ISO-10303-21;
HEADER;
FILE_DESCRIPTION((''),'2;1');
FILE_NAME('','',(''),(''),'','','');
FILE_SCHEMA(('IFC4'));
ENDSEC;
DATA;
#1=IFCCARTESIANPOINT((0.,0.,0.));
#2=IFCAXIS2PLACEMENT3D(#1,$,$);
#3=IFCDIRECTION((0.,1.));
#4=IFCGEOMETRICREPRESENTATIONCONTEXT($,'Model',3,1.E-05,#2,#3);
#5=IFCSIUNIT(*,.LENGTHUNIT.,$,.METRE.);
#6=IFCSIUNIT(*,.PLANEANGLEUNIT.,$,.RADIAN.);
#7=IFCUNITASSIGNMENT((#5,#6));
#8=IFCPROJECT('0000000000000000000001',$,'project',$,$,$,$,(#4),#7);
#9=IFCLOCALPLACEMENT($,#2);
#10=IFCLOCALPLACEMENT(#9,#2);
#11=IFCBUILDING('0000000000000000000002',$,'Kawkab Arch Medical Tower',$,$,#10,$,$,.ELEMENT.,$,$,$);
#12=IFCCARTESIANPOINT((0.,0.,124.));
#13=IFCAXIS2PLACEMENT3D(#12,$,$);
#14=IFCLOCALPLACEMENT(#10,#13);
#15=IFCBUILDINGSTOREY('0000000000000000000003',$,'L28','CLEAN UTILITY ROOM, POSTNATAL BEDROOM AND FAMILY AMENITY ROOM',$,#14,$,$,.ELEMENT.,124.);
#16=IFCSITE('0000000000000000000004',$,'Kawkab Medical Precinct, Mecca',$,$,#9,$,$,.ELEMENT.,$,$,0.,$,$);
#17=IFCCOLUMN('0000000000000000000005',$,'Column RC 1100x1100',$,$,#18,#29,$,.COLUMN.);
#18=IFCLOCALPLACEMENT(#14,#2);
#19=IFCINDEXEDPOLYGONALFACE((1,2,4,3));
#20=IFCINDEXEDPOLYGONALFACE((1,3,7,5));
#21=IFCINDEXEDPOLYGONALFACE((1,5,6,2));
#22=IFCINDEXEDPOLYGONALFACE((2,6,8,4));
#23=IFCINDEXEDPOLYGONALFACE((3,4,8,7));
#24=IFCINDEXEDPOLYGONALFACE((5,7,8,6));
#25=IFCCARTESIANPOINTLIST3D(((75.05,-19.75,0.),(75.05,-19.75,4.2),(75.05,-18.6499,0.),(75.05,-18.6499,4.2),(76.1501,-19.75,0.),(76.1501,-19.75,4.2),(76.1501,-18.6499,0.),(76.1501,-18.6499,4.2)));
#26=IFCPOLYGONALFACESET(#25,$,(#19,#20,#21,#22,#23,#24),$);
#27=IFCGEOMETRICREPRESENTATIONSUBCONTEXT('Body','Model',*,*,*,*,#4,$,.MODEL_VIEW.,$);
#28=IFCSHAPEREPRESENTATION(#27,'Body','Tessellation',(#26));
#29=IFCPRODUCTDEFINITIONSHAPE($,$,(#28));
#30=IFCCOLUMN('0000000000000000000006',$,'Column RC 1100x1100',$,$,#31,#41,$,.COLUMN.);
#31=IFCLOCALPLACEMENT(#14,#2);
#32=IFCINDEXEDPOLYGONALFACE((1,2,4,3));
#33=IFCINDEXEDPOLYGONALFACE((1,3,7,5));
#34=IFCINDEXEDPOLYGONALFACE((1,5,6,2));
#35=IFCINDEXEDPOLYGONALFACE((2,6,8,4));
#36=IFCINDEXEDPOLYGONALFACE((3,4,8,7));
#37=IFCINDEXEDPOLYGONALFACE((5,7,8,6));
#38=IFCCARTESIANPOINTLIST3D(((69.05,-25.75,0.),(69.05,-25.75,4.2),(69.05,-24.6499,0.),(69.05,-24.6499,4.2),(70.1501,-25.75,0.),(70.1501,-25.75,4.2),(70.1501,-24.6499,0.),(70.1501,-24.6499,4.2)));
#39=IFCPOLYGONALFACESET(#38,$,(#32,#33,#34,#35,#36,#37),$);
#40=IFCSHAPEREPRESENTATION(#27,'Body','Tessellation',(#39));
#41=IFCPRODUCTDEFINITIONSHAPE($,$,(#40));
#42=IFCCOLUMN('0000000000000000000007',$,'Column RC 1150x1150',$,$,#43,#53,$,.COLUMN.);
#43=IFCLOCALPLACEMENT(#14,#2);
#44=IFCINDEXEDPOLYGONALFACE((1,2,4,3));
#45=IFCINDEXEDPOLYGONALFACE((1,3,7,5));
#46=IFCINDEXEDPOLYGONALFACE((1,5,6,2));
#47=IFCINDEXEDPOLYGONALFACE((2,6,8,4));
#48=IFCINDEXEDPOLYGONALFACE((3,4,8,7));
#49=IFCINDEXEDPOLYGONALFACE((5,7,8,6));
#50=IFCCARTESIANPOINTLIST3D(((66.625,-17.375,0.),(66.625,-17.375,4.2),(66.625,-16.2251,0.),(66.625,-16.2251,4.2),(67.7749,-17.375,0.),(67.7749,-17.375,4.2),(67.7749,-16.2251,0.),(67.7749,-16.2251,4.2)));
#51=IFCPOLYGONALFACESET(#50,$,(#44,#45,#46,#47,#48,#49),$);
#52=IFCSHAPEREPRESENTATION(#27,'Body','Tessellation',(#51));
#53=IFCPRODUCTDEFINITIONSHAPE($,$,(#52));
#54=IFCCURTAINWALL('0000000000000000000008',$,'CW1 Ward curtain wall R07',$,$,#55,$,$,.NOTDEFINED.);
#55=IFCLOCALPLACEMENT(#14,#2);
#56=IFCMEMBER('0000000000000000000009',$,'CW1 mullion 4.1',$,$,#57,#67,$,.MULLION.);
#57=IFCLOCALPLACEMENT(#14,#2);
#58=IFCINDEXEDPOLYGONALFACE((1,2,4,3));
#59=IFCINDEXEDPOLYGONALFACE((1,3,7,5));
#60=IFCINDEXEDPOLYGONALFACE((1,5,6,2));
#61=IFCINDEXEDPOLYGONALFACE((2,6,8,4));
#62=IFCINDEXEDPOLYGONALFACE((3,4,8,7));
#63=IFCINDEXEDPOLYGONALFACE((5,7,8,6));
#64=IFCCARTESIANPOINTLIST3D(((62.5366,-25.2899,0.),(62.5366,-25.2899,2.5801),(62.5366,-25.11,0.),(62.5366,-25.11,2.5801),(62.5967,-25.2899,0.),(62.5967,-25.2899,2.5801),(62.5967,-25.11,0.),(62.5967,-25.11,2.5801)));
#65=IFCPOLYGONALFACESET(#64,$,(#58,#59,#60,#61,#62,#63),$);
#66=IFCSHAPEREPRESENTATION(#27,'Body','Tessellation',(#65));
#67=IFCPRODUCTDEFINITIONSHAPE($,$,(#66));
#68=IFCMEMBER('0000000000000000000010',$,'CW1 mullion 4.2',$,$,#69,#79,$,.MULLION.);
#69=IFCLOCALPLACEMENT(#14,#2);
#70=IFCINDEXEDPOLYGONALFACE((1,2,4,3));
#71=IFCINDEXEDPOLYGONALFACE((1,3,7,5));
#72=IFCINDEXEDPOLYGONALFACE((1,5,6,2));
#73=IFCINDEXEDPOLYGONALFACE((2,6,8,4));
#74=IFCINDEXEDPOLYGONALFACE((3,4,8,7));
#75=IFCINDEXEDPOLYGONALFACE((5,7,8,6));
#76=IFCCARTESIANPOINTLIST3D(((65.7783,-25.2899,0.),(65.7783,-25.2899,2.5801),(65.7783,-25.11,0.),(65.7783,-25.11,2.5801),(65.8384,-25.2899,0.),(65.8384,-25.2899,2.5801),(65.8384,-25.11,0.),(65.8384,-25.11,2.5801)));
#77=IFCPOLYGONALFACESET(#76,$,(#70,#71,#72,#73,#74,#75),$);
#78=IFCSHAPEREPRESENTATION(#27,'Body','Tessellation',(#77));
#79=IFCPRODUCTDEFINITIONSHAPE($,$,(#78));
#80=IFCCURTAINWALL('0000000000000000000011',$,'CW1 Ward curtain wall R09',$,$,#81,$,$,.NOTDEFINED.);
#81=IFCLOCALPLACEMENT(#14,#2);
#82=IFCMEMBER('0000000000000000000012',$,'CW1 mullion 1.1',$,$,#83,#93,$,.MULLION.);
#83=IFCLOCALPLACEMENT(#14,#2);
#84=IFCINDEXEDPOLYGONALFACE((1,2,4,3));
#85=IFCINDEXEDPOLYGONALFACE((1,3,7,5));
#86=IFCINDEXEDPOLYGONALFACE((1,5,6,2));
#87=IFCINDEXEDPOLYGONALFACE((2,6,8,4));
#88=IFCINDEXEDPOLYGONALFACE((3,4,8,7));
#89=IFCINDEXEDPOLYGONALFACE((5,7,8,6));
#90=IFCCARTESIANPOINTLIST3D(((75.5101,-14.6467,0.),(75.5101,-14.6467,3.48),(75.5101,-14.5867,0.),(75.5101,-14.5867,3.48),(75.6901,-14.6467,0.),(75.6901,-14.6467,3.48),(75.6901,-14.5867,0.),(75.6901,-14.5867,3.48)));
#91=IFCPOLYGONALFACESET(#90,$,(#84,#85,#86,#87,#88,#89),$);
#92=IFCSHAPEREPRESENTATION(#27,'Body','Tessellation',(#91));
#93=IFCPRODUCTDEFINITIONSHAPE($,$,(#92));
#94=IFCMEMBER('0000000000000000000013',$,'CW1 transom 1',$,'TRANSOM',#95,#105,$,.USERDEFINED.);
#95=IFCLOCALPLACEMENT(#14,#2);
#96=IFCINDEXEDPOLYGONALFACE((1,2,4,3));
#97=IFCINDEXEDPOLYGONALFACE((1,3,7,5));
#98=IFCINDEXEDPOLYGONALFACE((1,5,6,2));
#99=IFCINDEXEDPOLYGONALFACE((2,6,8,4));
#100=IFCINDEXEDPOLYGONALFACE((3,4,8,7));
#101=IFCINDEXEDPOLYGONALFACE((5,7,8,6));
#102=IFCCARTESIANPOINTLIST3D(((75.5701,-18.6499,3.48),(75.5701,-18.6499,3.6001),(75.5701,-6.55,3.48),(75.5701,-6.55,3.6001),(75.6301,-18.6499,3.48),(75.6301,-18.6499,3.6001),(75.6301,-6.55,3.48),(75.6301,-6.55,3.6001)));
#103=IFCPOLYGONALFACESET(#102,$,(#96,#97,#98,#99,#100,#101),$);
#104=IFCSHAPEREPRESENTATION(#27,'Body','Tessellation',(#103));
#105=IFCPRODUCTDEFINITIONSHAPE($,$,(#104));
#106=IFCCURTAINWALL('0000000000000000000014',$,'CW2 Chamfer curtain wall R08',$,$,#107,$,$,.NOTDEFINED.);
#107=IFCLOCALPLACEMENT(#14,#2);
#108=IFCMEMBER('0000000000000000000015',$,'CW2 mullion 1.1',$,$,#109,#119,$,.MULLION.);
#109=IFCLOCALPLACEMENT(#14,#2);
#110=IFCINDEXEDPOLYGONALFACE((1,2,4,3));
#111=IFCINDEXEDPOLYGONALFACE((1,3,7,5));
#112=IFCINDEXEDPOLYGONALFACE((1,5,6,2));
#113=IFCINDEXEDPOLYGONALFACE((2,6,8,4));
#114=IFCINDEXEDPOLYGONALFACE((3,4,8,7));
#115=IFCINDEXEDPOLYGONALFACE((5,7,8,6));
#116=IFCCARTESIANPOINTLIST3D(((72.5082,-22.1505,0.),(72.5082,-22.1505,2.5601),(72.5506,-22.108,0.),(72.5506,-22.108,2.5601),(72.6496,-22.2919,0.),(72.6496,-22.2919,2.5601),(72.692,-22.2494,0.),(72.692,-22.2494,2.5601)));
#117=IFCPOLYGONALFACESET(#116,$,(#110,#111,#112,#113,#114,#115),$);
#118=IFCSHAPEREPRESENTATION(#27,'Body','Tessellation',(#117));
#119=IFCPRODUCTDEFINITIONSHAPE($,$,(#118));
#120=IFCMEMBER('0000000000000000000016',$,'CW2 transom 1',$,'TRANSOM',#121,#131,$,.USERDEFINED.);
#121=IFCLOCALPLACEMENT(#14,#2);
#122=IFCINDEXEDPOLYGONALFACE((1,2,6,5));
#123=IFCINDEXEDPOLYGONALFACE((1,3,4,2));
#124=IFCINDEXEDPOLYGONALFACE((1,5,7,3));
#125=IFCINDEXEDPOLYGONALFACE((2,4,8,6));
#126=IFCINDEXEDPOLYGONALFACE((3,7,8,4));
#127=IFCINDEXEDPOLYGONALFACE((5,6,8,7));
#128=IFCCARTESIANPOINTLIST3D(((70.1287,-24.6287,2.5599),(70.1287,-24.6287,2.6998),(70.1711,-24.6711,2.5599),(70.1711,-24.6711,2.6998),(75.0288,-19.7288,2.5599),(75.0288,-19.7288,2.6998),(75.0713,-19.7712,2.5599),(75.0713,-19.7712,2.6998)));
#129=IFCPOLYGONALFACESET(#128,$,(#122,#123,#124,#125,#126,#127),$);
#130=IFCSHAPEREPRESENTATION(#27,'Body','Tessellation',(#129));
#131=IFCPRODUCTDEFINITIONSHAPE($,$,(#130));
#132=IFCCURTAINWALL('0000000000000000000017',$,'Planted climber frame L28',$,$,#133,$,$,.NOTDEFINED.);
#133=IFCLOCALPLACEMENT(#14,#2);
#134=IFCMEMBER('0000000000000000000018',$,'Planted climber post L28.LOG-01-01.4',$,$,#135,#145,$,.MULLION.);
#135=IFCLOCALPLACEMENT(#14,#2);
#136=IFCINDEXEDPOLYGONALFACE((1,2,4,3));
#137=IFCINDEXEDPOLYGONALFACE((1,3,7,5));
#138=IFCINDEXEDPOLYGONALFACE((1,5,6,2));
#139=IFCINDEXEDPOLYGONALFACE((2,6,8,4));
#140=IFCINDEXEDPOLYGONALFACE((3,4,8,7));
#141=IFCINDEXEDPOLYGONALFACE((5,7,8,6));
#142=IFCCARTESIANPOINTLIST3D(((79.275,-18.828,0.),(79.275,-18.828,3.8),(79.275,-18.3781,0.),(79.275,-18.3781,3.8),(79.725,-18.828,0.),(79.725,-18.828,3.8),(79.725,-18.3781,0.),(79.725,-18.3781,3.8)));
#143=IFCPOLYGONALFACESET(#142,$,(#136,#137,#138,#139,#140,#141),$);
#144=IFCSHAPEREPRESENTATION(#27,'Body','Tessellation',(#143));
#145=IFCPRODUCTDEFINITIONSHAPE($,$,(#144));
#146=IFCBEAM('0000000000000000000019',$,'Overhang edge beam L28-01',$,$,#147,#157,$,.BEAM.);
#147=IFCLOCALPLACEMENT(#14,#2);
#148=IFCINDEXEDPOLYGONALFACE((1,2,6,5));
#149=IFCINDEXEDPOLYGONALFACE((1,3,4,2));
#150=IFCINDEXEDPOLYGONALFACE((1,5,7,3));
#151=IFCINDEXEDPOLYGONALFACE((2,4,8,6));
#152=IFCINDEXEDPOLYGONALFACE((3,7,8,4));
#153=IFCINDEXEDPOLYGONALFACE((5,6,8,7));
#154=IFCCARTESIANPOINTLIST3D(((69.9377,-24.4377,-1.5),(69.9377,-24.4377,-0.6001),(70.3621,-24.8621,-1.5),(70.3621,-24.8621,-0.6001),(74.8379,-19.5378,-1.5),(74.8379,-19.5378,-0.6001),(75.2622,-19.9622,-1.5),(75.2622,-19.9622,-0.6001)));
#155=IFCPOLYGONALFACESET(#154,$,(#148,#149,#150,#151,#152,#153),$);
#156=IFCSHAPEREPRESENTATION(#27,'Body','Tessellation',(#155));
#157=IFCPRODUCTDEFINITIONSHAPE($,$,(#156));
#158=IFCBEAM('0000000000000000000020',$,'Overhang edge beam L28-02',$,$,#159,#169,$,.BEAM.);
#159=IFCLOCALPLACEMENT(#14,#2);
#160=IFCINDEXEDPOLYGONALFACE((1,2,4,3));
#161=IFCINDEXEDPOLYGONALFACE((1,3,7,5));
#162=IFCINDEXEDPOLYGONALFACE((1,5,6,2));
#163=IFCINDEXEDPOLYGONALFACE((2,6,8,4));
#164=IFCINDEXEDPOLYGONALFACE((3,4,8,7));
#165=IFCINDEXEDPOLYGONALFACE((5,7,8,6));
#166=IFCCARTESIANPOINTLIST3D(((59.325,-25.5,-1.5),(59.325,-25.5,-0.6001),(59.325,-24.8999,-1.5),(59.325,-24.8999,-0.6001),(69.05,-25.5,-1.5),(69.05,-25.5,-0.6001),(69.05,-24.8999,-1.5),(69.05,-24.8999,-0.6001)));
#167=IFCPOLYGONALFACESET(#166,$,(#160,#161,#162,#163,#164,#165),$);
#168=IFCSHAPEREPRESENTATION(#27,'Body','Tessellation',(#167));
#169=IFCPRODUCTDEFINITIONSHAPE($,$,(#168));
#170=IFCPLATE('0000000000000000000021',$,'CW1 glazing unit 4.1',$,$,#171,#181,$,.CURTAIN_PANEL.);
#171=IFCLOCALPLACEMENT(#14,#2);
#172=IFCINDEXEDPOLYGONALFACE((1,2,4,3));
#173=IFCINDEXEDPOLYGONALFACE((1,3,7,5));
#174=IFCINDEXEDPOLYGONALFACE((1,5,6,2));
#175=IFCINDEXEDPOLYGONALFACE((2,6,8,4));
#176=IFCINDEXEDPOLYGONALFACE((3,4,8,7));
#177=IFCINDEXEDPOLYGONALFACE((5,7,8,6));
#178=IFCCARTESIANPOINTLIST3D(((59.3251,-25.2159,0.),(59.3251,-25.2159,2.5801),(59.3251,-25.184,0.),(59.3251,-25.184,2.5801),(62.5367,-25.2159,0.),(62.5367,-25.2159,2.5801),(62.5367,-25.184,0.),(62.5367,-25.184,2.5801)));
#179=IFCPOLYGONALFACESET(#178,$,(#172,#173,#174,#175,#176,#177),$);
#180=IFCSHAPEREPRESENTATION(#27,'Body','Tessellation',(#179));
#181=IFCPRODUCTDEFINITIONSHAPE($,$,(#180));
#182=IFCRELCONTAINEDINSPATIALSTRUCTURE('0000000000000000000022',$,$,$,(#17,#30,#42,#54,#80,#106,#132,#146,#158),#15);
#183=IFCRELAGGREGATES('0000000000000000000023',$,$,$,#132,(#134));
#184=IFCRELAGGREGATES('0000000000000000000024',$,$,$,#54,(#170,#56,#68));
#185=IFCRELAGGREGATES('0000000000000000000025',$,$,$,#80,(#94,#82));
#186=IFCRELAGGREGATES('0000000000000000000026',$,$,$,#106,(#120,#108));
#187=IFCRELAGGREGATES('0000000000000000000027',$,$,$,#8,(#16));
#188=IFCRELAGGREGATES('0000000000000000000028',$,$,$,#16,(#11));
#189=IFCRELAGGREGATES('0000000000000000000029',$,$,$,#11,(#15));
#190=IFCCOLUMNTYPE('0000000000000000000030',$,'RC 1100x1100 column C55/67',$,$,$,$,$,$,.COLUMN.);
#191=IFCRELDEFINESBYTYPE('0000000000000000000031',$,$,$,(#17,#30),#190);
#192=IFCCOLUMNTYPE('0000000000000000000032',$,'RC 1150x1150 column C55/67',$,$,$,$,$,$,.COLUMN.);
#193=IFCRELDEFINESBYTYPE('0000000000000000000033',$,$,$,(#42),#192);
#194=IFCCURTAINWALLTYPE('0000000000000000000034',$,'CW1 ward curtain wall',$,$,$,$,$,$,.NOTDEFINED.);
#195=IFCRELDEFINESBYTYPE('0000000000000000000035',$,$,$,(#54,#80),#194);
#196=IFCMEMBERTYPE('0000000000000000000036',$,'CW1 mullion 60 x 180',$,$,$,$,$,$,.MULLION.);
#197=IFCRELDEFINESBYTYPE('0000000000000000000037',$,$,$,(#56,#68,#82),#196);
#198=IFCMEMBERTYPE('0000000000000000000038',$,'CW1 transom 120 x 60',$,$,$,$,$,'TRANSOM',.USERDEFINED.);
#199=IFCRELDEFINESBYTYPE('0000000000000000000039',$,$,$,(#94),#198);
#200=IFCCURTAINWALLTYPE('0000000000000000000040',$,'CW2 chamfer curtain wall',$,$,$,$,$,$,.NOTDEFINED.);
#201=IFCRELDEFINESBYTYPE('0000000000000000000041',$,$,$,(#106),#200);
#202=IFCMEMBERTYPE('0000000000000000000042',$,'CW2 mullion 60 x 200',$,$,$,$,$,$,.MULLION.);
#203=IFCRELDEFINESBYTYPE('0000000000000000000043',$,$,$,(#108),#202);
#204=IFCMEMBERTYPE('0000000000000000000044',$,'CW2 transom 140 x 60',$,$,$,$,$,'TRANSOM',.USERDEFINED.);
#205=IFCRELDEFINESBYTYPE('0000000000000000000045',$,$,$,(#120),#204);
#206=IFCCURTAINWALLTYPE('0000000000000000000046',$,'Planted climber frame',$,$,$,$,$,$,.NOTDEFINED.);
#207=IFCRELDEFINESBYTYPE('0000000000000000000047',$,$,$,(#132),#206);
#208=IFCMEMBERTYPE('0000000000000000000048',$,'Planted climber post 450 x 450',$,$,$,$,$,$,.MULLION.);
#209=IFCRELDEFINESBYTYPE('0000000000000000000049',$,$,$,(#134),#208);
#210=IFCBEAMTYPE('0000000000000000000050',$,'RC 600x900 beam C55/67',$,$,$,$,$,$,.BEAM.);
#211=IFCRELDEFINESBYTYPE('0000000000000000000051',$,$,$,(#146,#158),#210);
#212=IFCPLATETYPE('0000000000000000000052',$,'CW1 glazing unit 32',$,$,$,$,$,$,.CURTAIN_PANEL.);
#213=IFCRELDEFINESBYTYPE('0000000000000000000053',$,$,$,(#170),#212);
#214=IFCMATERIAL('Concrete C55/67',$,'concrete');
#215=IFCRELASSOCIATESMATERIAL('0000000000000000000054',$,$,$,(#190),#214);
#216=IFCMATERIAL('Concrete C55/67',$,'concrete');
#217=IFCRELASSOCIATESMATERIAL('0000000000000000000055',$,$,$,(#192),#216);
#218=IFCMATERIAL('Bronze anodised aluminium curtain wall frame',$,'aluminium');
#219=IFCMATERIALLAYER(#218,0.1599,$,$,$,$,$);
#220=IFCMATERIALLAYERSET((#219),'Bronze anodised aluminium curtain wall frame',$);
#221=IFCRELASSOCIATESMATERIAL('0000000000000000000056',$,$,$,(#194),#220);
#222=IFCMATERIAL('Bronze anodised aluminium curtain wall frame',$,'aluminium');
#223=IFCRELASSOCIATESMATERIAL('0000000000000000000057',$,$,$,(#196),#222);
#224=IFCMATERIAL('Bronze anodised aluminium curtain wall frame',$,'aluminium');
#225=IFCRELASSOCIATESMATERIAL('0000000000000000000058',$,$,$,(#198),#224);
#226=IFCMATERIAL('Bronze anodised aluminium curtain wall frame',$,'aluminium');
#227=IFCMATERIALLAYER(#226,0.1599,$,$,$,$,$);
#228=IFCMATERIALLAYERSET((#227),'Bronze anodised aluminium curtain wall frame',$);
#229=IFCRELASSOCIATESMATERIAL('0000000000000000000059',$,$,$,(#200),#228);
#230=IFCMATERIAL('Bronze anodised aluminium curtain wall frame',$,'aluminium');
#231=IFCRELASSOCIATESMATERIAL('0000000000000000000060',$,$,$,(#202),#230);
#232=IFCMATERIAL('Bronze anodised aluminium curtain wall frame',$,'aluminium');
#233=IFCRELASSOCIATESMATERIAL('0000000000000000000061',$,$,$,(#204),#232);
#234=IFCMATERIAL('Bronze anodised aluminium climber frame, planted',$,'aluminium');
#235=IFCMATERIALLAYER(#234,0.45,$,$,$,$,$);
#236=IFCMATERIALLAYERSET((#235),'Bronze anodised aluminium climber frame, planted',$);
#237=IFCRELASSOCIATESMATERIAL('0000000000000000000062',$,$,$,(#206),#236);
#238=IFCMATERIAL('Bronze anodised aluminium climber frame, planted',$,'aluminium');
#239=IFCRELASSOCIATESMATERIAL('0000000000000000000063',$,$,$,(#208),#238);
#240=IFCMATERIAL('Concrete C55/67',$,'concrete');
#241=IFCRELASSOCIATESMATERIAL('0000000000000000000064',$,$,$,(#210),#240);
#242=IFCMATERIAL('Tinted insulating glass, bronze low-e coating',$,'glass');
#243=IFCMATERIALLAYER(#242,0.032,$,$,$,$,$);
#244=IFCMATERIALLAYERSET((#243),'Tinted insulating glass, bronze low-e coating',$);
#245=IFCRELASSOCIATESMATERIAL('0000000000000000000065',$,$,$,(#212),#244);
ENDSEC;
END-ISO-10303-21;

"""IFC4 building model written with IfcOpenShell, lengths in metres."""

from ifc_helpers import new_model, si_unit, direction, frame, origin, origin_2d, place, context, subcontext, project, spatial, rectangle, extrude, material, layer, layer_set, material_profile, profile_set, type_object, element, aggregate, save


model = new_model("IFC4")

# Units and contexts
model_context = context("Model", 3, precision=1e-05, world=origin(), true_north=direction((0.0, 1.0)))
body_context = subcontext(model_context, "Body", "Model", "MODEL_VIEW")
ifc_project = project(units=[si_unit("LENGTHUNIT", "METRE"), si_unit("PLANEANGLEUNIT", "RADIAN")], contexts=[model_context])

# Site, building, storey
site_placement = place(None, origin())
site = spatial("IfcSite", under=ifc_project, at=site_placement, Name="Kawkab Medical Precinct, Mecca", CompositionType="ELEMENT", RefElevation=0.0)
building_placement = place(site_placement, origin())
building = spatial("IfcBuilding", under=site, at=building_placement, Name="Kawkab Arch Medical Tower", CompositionType="ELEMENT")
storey_placement = place(building_placement, frame((0.0, 0.0, 124.0)))
storey = spatial("IfcBuildingStorey", under=building, at=storey_placement, Name="L28", Description="CLEAN UTILITY ROOM, POSTNATAL BEDROOM AND FAMILY AMENITY ROOM", CompositionType="ELEMENT", Elevation=124.0)

# Columns
ifc_material_1 = material(Name="Concrete C55/67", Category="concrete")
ifc_material_profile_1 = material_profile(ifc_material_1, rectangle(XDim=1.1001, YDim=1.1001, at=origin_2d()), Name="RC 1100x1100")
ifc_profile_set_1 = profile_set([ifc_material_profile_1], Name="Concrete C55/67")
column_type_1 = type_object("IfcColumnType", Name="RC 1100x1100 column C55/67", PredefinedType="COLUMN", material=ifc_profile_set_1)
for number, where, z_axis, x_axis, name in (
    (1, (75.6001, -19.2, 0.0), (0.0, 0.0, 1.0), (1.0, 0.0, 0.0), "Column RC 1100x1100"),
    (2, (69.6001, -25.2, 0.0), (0.0, 0.0, 1.0), (1.0, 0.0, 0.0), "Column RC 1100x1100"),
):
    element("IfcColumn", number, at=place(storey_placement, frame(where, z_axis=z_axis, x_axis=x_axis)), inside=storey, type_object=column_type_1, Name=name, PredefinedType="COLUMN", context=body_context, shape_type="SweptSolid", body=[
        extrude(rectangle(XDim=1.1001, YDim=1.1001, at=origin_2d()), origin(), (0.0, 0.0, 1.0), 4.2),
    ])
ifc_material_2 = material(Name="Concrete C55/67", Category="concrete")
ifc_material_profile_2 = material_profile(ifc_material_2, rectangle(XDim=1.1499, YDim=1.1499, at=origin_2d()), Name="RC 1150x1150")
ifc_profile_set_2 = profile_set([ifc_material_profile_2], Name="Concrete C55/67")
column_type_2 = type_object("IfcColumnType", Name="RC 1150x1150 column C55/67", PredefinedType="COLUMN", material=ifc_profile_set_2)
column_placement = place(storey_placement, frame((67.2, -16.8, 0.0), z_axis=(0.0, 0.0, 1.0), x_axis=(1.0, 0.0, 0.0)))
element("IfcColumn", 3, at=column_placement, inside=storey, type_object=column_type_2, Name="Column RC 1150x1150", PredefinedType="COLUMN", context=body_context, shape_type="SweptSolid", body=[
    extrude(rectangle(XDim=1.1499, YDim=1.1499, at=origin_2d()), origin(), (0.0, 0.0, 1.0), 4.2),
])

# Curtain walls, members
ifc_material_3 = material(Name="Bronze anodised aluminium curtain wall frame", Category="aluminium")
ifc_layer_1 = layer(ifc_material_3, 0.1599)
ifc_layer_set_1 = layer_set([ifc_layer_1], Name="Bronze anodised aluminium curtain wall frame")
curtain_wall_type_1 = type_object("IfcCurtainWallType", Name="CW1 ward curtain wall", PredefinedType="NOTDEFINED", material=ifc_layer_set_1)
placement = place(storey_placement, origin())
curtain_wall_1 = element("IfcCurtainWall", 4, at=placement, inside=storey, type_object=curtain_wall_type_1, Name="CW1 Ward curtain wall R07", PredefinedType="NOTDEFINED")
ifc_material_4 = material(Name="Bronze anodised aluminium curtain wall frame", Category="aluminium")
ifc_material_profile_3 = material_profile(ifc_material_4, rectangle(XDim=0.1799, YDim=0.0601, at=origin_2d()), Name="AL 60x180")
ifc_profile_set_3 = profile_set([ifc_material_profile_3], Name="Bronze anodised aluminium curtain wall frame")
member_type_1 = type_object("IfcMemberType", Name="CW1 mullion 60 x 180", PredefinedType="MULLION", material=ifc_profile_set_3)
member_1_placement = place(storey_placement, frame((62.5667, -25.2, 0.0), z_axis=(0.0, 0.0, 1.0), x_axis=(0.0, 1.0, 0.0)))
member_1 = element("IfcMember", 5, at=member_1_placement, type_object=member_type_1, Name="CW1 mullion 4.1", PredefinedType="MULLION", context=body_context, shape_type="SweptSolid", body=[
    extrude(rectangle(XDim=0.1799, YDim=0.0601, at=origin_2d()), origin(), (0.0, 0.0, 1.0), 2.5801),
])
member_2_placement = place(storey_placement, frame((65.8083, -25.2, 0.0), z_axis=(0.0, 0.0, 1.0), x_axis=(0.0, 1.0, 0.0)))
member_2 = element("IfcMember", 6, at=member_2_placement, type_object=member_type_1, Name="CW1 mullion 4.2", PredefinedType="MULLION", context=body_context, shape_type="SweptSolid", body=[
    extrude(rectangle(XDim=0.1799, YDim=0.0601, at=origin_2d()), origin(), (0.0, 0.0, 1.0), 2.5801),
])
curtain_wall_2 = element("IfcCurtainWall", 7, at=placement, inside=storey, type_object=curtain_wall_type_1, Name="CW1 Ward curtain wall R09", PredefinedType="NOTDEFINED")
member_3_placement = place(storey_placement, frame((75.6001, -14.6167, 0.0), z_axis=(0.0, 0.0, 1.0), x_axis=(-1.0, 0.0, 0.0)))
member_3 = element("IfcMember", 8, at=member_3_placement, type_object=member_type_1, Name="CW1 mullion 1.1", PredefinedType="MULLION", context=body_context, shape_type="SweptSolid", body=[
    extrude(rectangle(XDim=0.1799, YDim=0.0601, at=origin_2d()), origin(), (0.0, 0.0, 1.0), 3.48),
])
ifc_material_5 = material(Name="Bronze anodised aluminium curtain wall frame", Category="aluminium")
ifc_material_profile_4 = material_profile(ifc_material_5, rectangle(XDim=0.0601, YDim=0.1201, at=origin_2d()), Name="AL 60x120")
ifc_profile_set_4 = profile_set([ifc_material_profile_4], Name="Bronze anodised aluminium curtain wall frame")
member_type_2 = type_object("IfcMemberType", Name="CW1 transom 120 x 60", ElementType="TRANSOM", PredefinedType="USERDEFINED", material=ifc_profile_set_4)
member_4_placement = place(storey_placement, frame((75.6001, -18.6499, 3.54), z_axis=(0.0, 1.0, 0.0), x_axis=(-1.0, 0.0, 0.0)))
member_4 = element("IfcMember", 9, at=member_4_placement, type_object=member_type_2, Name="CW1 transom 1", ObjectType="TRANSOM", PredefinedType="USERDEFINED", context=body_context, shape_type="SweptSolid", body=[
    extrude(rectangle(XDim=0.0601, YDim=0.1201, at=origin_2d()), origin(), (0.0, 0.0, 1.0), 12.0999),
])
ifc_material_6 = material(Name="Bronze anodised aluminium curtain wall frame", Category="aluminium")
ifc_layer_2 = layer(ifc_material_6, 0.1599)
ifc_layer_set_2 = layer_set([ifc_layer_2], Name="Bronze anodised aluminium curtain wall frame")
curtain_wall_type_2 = type_object("IfcCurtainWallType", Name="CW2 chamfer curtain wall", PredefinedType="NOTDEFINED", material=ifc_layer_set_2)
curtain_wall_3 = element("IfcCurtainWall", 10, at=placement, inside=storey, type_object=curtain_wall_type_2, Name="CW2 Chamfer curtain wall R08", PredefinedType="NOTDEFINED")
ifc_material_7 = material(Name="Bronze anodised aluminium curtain wall frame", Category="aluminium")
ifc_material_profile_5 = material_profile(ifc_material_7, rectangle(XDim=0.2, YDim=0.0601, at=origin_2d()), Name="AL 60x200")
ifc_profile_set_5 = profile_set([ifc_material_profile_5], Name="Bronze anodised aluminium curtain wall frame")
member_type_3 = type_object("IfcMemberType", Name="CW2 mullion 60 x 200", PredefinedType="MULLION", material=ifc_profile_set_5)
member_5_placement = place(storey_placement, frame((72.6001, -22.2, 0.0), z_axis=(0.0, 0.0, 1.0), x_axis=(-0.707107, 0.707107, 0.0)))
member_5 = element("IfcMember", 11, at=member_5_placement, type_object=member_type_3, Name="CW2 mullion 1.1", PredefinedType="MULLION", context=body_context, shape_type="SweptSolid", body=[
    extrude(rectangle(XDim=0.2, YDim=0.0601, at=origin_2d()), origin(), (0.0, 0.0, 1.0), 2.5601),
])
ifc_material_8 = material(Name="Bronze anodised aluminium curtain wall frame", Category="aluminium")
ifc_material_profile_6 = material_profile(ifc_material_8, rectangle(XDim=0.0601, YDim=0.1399, at=origin_2d()), Name="AL 60x140")
ifc_profile_set_6 = profile_set([ifc_material_profile_6], Name="Bronze anodised aluminium curtain wall frame")
member_type_4 = type_object("IfcMemberType", Name="CW2 transom 140 x 60", ElementType="TRANSOM", PredefinedType="USERDEFINED", material=ifc_profile_set_6)
member_6_placement = place(storey_placement, frame((70.1499, -24.6499, 2.6299), z_axis=(0.707124, 0.707089, 0.0), x_axis=(-0.707089, 0.707124, 0.0)))
member_6 = element("IfcMember", 12, at=member_6_placement, type_object=member_type_4, Name="CW2 transom 1", ObjectType="TRANSOM", PredefinedType="USERDEFINED", context=body_context, shape_type="SweptSolid", body=[
    extrude(rectangle(XDim=0.0601, YDim=0.1399, at=origin_2d()), origin(), (0.0, 0.0, 1.0), 6.9297),
])

# Curtain wall, member
ifc_material_9 = material(Name="Bronze anodised aluminium climber frame, planted", Category="aluminium")
ifc_layer_3 = layer(ifc_material_9, 0.45)
ifc_layer_set_3 = layer_set([ifc_layer_3], Name="Bronze anodised aluminium climber frame, planted")
curtain_wall_type_3 = type_object("IfcCurtainWallType", Name="Planted climber frame", PredefinedType="NOTDEFINED", material=ifc_layer_set_3)
curtain_wall_4 = element("IfcCurtainWall", 13, at=placement, inside=storey, type_object=curtain_wall_type_3, Name="Planted climber frame L28", PredefinedType="NOTDEFINED")
ifc_material_10 = material(Name="Bronze anodised aluminium climber frame, planted", Category="aluminium")
ifc_material_profile_7 = material_profile(ifc_material_10, rectangle(XDim=0.45, YDim=0.45, at=origin_2d()), Name="Post 450x450")
ifc_profile_set_7 = profile_set([ifc_material_profile_7], Name="Bronze anodised aluminium climber frame, planted")
member_type_5 = type_object("IfcMemberType", Name="Planted climber post 450 x 450", PredefinedType="MULLION", material=ifc_profile_set_7)
member_7_placement = place(storey_placement, frame((79.5, -18.603, 0.0), z_axis=(0.0, 0.0, 1.0), x_axis=(1.0, 0.0, 0.0)))
member_7 = element("IfcMember", 14, at=member_7_placement, type_object=member_type_5, Name="Planted climber post L28.LOG-01-01.4", PredefinedType="MULLION", context=body_context, shape_type="SweptSolid", body=[
    extrude(rectangle(XDim=0.45, YDim=0.45, at=origin_2d()), origin(), (0.0, 0.0, 1.0), 3.8),
])
aggregate(curtain_wall_4, [member_7])

# Beams
ifc_material_11 = material(Name="Concrete C55/67", Category="concrete")
ifc_material_profile_8 = material_profile(ifc_material_11, rectangle(XDim=0.6001, YDim=0.8999, at=origin_2d()), Name="RC 600x900")
ifc_profile_set_8 = profile_set([ifc_material_profile_8], Name="Concrete C55/67")
beam_type = type_object("IfcBeamType", Name="RC 600x900 beam C55/67", PredefinedType="BEAM", material=ifc_profile_set_8)
beam_1_placement = place(storey_placement, frame((75.05, -19.75, -1.05), z_axis=(-0.707124, -0.707089, 0.0), x_axis=(0.707089, -0.707124, 0.0)))
element("IfcBeam", 15, at=beam_1_placement, inside=storey, type_object=beam_type, Name="Overhang edge beam L28-01", PredefinedType="BEAM", context=body_context, shape_type="SweptSolid", body=[
    extrude(rectangle(XDim=0.6001, YDim=0.8999, at=origin_2d()), origin(), (0.0, 0.0, 1.0), 6.9297),
])
beam_2_placement = place(storey_placement, frame((69.05, -25.2, -1.05), z_axis=(-1.0, 0.0, 0.0), x_axis=(0.0, -1.0, 0.0)))
element("IfcBeam", 16, at=beam_2_placement, inside=storey, type_object=beam_type, Name="Overhang edge beam L28-02", PredefinedType="BEAM", context=body_context, shape_type="SweptSolid", body=[
    extrude(rectangle(XDim=0.6001, YDim=0.8999, at=origin_2d()), origin(), (0.0, 0.0, 1.0), 9.7251),
])

# Plate
ifc_material_12 = material(Name="Tinted insulating glass, bronze low-e coating", Category="glass")
ifc_layer_4 = layer(ifc_material_12, 0.032)
ifc_layer_set_4 = layer_set([ifc_layer_4], Name="Tinted insulating glass, bronze low-e coating")
plate_type_1 = type_object("IfcPlateType", Name="CW1 glazing unit 32", PredefinedType="CURTAIN_PANEL", material=ifc_layer_set_4)
plate_1_placement = place(storey_placement, frame((60.9309, -25.2, 0.0), z_axis=(0.0, 0.0, 1.0), x_axis=(1.0, 0.0, 0.0)))
plate_1 = element("IfcPlate", 17, at=plate_1_placement, type_object=plate_type_1, Name="CW1 glazing unit 4.1", PredefinedType="CURTAIN_PANEL", context=body_context, shape_type="SweptSolid", body=[
    extrude(rectangle(XDim=3.2117, YDim=0.032, at=origin_2d()), origin(), (0.0, 0.0, 1.0), 2.5801),
])
aggregate(curtain_wall_1, [plate_1, member_1, member_2])
aggregate(curtain_wall_2, [member_4, member_3])
aggregate(curtain_wall_3, [member_6, member_5])

save(model, "model.ifc")
